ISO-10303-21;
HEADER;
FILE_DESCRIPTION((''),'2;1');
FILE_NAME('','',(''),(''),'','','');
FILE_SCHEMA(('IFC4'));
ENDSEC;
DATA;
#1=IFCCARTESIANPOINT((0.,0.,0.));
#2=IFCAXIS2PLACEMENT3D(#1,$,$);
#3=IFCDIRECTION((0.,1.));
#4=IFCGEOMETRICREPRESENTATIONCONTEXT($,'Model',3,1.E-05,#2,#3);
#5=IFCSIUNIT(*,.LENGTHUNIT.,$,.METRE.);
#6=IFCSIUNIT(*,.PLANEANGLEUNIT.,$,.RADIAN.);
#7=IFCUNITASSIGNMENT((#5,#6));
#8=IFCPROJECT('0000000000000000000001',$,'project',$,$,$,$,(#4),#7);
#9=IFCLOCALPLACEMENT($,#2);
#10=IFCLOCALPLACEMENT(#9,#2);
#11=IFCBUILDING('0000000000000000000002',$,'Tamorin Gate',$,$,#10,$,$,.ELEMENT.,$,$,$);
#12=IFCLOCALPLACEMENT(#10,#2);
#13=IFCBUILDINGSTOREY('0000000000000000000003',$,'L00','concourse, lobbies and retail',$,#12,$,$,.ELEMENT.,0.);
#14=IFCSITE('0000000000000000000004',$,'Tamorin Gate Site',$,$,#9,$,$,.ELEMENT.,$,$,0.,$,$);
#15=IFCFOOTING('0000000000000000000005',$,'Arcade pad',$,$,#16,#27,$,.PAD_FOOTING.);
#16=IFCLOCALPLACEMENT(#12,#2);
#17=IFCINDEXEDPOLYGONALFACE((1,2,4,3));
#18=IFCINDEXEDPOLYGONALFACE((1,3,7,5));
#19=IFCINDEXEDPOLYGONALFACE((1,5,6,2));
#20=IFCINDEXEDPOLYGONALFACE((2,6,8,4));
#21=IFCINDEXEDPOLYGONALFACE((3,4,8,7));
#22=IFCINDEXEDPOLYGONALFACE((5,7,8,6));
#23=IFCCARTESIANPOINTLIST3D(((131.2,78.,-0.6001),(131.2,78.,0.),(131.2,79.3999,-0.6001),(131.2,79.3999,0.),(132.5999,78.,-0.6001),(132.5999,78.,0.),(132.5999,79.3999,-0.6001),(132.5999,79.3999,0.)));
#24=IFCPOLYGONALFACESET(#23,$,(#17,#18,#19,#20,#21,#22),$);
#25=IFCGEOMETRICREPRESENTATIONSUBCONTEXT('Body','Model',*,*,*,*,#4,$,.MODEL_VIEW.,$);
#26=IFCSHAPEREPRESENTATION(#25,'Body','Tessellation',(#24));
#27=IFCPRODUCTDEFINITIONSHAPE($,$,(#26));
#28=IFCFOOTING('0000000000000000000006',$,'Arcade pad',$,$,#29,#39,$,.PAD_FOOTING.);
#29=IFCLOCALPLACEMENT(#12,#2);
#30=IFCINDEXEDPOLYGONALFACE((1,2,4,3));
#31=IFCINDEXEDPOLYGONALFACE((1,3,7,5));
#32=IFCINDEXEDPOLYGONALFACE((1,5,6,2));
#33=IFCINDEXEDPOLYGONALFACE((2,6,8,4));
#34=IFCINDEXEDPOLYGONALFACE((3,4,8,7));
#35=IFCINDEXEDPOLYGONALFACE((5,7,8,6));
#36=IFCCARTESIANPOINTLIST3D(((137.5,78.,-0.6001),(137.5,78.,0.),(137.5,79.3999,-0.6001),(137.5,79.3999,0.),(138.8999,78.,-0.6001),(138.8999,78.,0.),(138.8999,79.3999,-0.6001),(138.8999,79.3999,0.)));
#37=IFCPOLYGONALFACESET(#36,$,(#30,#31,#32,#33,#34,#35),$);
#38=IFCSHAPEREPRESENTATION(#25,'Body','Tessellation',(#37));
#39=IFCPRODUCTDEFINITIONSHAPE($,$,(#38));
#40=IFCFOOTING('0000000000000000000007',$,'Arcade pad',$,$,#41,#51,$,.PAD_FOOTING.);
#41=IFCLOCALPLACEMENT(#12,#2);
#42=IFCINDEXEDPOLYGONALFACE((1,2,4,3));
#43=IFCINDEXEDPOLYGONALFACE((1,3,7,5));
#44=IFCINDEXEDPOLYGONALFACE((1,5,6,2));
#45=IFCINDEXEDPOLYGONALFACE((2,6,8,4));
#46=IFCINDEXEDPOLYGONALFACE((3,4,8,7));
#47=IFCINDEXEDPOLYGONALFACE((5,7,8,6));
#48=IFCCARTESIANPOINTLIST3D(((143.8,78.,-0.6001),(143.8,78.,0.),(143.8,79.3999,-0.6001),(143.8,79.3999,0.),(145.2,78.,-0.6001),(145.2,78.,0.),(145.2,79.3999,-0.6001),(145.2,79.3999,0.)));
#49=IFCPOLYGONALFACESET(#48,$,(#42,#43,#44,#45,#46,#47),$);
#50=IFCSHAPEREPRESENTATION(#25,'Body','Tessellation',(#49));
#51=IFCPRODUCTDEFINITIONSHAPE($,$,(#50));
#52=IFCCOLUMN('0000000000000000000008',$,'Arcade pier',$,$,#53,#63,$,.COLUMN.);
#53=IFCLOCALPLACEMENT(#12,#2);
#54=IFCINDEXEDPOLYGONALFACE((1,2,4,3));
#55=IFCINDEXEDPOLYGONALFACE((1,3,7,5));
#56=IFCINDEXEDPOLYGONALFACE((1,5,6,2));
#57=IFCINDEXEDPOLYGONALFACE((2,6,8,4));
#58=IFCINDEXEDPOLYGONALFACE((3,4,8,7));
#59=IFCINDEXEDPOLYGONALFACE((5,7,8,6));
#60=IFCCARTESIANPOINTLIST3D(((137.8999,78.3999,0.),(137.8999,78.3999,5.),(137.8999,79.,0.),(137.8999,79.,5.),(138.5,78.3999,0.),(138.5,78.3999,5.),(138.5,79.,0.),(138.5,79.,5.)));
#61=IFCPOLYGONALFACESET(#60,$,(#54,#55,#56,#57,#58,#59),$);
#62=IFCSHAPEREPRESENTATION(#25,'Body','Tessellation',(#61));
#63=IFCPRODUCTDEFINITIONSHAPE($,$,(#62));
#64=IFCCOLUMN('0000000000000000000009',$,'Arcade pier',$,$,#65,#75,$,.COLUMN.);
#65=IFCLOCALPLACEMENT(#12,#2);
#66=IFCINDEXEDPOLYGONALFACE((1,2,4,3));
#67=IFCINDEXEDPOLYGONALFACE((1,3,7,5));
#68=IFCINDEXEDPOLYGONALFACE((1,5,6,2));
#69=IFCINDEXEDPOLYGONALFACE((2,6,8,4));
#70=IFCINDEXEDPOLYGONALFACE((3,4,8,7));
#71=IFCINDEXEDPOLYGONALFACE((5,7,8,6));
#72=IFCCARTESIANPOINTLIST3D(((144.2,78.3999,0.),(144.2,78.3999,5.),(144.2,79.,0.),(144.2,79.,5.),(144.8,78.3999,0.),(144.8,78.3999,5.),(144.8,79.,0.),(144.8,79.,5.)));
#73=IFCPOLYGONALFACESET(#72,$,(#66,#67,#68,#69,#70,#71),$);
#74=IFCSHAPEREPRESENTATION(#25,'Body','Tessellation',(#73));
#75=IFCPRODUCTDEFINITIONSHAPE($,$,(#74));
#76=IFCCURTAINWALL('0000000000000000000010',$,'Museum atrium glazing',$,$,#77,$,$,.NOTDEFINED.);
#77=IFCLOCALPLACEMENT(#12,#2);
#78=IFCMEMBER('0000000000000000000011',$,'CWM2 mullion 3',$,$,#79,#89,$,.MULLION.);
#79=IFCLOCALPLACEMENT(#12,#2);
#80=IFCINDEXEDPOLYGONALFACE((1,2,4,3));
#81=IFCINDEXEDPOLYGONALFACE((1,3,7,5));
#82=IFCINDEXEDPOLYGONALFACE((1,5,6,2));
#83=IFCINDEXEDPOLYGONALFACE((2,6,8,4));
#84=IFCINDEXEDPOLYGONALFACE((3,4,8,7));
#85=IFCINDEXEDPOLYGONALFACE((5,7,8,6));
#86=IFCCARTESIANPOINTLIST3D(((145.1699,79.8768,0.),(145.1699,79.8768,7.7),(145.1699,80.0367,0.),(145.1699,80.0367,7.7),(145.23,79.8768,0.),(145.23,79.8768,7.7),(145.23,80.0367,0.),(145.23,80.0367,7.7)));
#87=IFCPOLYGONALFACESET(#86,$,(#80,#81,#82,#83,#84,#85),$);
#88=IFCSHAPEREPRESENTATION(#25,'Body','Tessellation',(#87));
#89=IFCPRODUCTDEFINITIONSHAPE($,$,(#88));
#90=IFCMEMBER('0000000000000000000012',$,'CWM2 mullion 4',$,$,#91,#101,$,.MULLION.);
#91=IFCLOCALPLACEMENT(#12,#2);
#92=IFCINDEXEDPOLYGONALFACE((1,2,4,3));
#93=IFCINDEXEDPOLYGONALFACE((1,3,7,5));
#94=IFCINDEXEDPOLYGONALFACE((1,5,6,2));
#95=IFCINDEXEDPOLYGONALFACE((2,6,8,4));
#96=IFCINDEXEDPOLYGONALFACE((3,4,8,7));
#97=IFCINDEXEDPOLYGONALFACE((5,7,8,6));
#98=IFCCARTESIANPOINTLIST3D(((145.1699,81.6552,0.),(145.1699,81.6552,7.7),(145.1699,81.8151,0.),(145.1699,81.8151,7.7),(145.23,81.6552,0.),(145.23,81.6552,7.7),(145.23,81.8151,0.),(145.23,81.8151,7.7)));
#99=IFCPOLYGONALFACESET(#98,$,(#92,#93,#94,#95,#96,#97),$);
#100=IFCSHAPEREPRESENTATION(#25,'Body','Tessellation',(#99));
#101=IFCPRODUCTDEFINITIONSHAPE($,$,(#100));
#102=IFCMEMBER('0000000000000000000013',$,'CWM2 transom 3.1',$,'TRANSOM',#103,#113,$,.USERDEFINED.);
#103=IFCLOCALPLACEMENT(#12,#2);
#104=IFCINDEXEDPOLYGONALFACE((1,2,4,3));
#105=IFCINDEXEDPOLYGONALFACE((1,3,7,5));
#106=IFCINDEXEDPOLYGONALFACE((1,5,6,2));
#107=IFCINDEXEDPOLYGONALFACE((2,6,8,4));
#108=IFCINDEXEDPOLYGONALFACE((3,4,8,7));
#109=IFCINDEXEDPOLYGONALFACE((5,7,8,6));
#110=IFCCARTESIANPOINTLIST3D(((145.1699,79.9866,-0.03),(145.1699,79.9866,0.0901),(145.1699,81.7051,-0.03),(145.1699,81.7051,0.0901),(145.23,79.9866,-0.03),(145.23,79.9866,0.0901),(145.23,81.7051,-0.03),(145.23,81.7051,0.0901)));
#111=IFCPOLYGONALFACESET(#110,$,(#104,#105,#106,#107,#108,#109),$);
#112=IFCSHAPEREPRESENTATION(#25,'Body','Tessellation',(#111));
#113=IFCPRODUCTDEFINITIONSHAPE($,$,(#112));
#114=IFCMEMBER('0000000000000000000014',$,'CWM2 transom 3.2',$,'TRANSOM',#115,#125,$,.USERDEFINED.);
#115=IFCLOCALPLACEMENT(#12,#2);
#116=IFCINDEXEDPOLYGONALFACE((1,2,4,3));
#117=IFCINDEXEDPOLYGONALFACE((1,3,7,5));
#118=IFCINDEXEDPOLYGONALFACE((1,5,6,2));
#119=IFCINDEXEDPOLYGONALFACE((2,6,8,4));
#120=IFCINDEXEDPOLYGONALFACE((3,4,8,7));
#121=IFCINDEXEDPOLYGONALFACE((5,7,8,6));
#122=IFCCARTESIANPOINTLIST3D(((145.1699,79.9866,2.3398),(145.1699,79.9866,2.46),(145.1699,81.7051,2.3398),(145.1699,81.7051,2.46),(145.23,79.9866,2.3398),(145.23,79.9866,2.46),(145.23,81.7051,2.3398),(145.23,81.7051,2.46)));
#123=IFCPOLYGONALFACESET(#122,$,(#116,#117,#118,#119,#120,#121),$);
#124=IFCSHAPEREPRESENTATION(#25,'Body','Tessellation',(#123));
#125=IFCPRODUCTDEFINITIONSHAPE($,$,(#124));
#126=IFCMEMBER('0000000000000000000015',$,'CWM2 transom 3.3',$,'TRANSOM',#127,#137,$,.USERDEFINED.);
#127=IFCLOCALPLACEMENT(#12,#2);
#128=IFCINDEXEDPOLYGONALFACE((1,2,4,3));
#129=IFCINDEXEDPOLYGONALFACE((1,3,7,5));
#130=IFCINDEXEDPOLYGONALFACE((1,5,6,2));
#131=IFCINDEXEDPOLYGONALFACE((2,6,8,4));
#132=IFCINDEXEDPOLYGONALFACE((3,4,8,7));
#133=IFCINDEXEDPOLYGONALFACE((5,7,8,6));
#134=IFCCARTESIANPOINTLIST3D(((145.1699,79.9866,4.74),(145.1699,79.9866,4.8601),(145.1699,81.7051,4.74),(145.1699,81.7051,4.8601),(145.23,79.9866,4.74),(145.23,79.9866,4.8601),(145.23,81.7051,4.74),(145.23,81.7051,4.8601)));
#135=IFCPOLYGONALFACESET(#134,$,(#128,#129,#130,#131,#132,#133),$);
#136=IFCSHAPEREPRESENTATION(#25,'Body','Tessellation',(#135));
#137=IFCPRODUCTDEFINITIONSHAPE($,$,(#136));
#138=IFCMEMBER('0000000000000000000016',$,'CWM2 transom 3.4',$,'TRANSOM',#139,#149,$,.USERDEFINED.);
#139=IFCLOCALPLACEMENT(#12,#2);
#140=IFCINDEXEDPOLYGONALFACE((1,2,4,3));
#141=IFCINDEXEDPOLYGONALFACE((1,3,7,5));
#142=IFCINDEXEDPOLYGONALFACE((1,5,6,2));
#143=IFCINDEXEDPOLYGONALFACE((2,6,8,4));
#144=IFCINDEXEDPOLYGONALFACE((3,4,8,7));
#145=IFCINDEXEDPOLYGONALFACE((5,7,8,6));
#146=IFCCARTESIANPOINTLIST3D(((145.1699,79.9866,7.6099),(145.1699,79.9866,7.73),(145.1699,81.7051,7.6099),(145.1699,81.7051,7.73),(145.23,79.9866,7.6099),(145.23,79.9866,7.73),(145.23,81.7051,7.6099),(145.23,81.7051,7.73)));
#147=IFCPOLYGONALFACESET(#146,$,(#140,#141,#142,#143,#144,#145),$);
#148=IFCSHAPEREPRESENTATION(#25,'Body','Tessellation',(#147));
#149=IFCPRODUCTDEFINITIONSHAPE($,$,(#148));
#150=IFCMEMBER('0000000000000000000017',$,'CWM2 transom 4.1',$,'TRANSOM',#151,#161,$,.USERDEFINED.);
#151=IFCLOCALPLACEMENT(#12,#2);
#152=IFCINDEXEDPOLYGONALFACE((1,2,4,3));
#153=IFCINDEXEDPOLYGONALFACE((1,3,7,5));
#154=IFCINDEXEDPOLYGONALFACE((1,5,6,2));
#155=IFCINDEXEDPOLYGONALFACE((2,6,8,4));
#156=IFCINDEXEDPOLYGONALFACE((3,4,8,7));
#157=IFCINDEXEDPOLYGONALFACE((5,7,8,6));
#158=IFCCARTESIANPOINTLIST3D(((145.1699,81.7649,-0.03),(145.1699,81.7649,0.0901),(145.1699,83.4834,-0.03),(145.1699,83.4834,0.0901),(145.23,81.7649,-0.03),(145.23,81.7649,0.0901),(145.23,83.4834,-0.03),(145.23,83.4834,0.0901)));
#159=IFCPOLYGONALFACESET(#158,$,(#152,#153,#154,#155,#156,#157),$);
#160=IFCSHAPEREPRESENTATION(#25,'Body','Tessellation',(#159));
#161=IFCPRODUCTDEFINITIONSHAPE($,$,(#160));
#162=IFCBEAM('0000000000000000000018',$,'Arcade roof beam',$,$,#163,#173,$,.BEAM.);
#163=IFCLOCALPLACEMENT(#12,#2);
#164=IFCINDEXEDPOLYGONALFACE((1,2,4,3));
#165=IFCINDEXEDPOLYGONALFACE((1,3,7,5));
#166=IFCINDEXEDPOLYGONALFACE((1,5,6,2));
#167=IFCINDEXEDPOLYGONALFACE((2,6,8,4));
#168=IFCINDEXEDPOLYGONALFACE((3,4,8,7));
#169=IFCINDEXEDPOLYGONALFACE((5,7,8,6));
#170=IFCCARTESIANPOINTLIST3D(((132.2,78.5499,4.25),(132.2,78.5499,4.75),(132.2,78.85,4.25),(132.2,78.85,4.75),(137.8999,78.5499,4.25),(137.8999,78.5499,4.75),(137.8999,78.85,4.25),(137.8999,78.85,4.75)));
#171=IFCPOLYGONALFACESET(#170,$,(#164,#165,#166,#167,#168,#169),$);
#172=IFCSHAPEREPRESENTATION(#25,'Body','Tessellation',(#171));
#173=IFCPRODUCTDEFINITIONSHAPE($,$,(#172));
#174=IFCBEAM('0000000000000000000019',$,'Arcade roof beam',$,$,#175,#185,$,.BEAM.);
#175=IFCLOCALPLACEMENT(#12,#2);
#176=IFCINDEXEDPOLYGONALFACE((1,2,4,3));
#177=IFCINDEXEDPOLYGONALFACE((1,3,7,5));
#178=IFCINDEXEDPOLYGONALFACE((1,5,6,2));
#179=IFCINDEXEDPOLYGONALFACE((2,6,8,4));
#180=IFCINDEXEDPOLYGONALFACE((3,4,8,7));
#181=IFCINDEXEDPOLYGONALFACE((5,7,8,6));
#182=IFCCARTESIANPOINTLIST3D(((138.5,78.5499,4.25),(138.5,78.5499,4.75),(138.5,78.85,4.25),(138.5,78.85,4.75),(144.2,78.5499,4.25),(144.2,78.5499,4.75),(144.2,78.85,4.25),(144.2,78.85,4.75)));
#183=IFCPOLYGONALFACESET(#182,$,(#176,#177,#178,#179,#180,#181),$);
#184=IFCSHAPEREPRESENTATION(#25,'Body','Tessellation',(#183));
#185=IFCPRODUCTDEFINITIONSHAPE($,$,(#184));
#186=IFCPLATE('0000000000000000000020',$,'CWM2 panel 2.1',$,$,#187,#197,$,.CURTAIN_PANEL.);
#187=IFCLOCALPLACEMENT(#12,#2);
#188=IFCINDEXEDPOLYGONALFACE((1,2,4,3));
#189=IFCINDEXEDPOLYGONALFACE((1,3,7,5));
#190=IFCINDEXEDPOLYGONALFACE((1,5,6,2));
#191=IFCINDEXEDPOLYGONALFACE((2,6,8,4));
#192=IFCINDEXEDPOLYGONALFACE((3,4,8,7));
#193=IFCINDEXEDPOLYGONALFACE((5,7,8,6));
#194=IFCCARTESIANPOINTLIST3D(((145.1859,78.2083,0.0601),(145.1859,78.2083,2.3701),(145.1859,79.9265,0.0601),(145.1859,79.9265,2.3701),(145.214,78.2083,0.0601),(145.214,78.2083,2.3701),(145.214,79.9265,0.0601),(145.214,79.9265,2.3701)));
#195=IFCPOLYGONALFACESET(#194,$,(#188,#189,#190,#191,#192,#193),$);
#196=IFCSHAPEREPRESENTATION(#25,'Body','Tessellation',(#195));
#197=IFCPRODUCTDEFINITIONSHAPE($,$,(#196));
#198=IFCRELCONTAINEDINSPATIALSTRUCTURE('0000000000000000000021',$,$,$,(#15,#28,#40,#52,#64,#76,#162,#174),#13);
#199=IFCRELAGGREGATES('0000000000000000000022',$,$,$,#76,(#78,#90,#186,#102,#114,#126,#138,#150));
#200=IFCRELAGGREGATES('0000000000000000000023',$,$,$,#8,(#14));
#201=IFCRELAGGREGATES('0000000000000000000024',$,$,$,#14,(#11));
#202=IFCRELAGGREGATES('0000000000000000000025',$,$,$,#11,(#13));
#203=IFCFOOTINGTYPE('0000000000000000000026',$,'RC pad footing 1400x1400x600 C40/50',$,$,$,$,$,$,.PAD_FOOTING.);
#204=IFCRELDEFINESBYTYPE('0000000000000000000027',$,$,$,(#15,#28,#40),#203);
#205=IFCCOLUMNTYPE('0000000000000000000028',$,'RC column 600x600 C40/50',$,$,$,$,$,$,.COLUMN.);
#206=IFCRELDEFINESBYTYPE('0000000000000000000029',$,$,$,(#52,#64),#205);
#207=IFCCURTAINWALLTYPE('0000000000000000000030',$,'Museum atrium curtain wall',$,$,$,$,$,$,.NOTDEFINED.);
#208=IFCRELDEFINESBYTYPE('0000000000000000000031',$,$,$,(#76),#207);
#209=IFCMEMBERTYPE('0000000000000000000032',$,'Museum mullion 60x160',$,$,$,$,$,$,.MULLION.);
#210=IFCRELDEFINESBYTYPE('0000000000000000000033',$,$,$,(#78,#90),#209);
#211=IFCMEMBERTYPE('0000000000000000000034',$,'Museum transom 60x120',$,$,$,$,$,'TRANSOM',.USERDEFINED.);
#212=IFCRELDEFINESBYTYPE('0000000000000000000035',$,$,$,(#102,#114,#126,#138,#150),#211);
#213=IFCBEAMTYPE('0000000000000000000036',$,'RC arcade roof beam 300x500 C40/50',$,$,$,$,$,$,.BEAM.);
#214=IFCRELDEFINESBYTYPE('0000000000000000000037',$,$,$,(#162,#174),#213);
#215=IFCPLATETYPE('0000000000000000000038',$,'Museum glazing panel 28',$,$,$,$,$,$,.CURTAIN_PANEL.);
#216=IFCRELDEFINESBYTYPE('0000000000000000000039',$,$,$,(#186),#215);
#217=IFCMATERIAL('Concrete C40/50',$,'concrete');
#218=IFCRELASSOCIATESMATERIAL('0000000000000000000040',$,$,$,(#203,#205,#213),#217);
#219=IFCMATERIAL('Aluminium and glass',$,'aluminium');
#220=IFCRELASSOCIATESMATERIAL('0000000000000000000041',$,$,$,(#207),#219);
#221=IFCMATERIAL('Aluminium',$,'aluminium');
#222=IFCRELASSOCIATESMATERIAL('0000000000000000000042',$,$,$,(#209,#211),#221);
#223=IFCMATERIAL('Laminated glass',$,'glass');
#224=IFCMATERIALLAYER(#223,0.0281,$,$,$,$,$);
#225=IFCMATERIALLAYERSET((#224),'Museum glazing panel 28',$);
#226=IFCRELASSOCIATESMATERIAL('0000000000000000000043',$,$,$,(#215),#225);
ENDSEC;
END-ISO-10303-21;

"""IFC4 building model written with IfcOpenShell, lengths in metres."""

from ifc_helpers import new_model, si_unit, direction, frame, origin, origin_2d, place, context, subcontext, project, spatial, rectangle, extrude, material, layer, layer_set, material_profile, profile_set, type_object, element, aggregate, save


model = new_model("IFC4")

# Units and contexts
model_context = context("Model", 3, precision=1e-05, world=origin(), true_north=direction((0.0, 1.0)))
body_context = subcontext(model_context, "Body", "Model", "MODEL_VIEW")
ifc_project = project(units=[si_unit("LENGTHUNIT", "METRE"), si_unit("PLANEANGLEUNIT", "RADIAN")], contexts=[model_context])

# Site, building, storey
site_placement = place(None, origin())
site = spatial("IfcSite", under=ifc_project, at=site_placement, Name="Tamorin Gate Site", CompositionType="ELEMENT", RefElevation=0.0)
building_placement = place(site_placement, origin())
building = spatial("IfcBuilding", under=site, at=building_placement, Name="Tamorin Gate", CompositionType="ELEMENT")
storey_placement = place(building_placement, origin())
storey = spatial("IfcBuildingStorey", under=building, at=storey_placement, Name="L00", Description="concourse, lobbies and retail", CompositionType="ELEMENT", Elevation=0.0)

# Footings
ifc_material_1 = material(Name="Concrete C40/50", Category="concrete")
footing_type = type_object("IfcFootingType", Name="RC pad footing 1400x1400x600 C40/50", PredefinedType="PAD_FOOTING", material=ifc_material_1)
for number, where, z_axis, x_axis, name in (
    (1, (131.8999, 78.7, -0.6001), (0.0, 0.0, 1.0), (1.0, 0.0, 0.0), "Arcade pad"),
    (2, (138.2, 78.7, -0.6001), (0.0, 0.0, 1.0), (1.0, 0.0, 0.0), "Arcade pad"),
    (3, (144.5, 78.7, -0.6001), (0.0, 0.0, 1.0), (1.0, 0.0, 0.0), "Arcade pad"),
):
    element("IfcFooting", number, at=place(storey_placement, frame(where, z_axis=z_axis, x_axis=x_axis)), inside=storey, type_object=footing_type, Name=name, PredefinedType="PAD_FOOTING", context=body_context, shape_type="SweptSolid", body=[
        extrude(rectangle(XDim=1.3999, YDim=1.3999, at=origin_2d()), origin(), (0.0, 0.0, 1.0), 0.6001),
    ])

# Columns
ifc_material_profile_1 = material_profile(ifc_material_1, rectangle(XDim=0.6001, YDim=0.6001, at=origin_2d()))
ifc_profile_set_1 = profile_set([ifc_material_profile_1], Name="Concrete C40/50")
column_type = type_object("IfcColumnType", Name="RC column 600x600 C40/50", PredefinedType="COLUMN", material=ifc_profile_set_1)
for number, where, z_axis, x_axis, name in (
    (4, (138.2, 78.7, 0.0), (0.0, 0.0, 1.0), (1.0, 0.0, 0.0), "Arcade pier"),
    (5, (144.5, 78.7, 0.0), (0.0, 0.0, 1.0), (1.0, 0.0, 0.0), "Arcade pier"),
):
    element("IfcColumn", number, at=place(storey_placement, frame(where, z_axis=z_axis, x_axis=x_axis)), inside=storey, type_object=column_type, Name=name, PredefinedType="COLUMN", context=body_context, shape_type="SweptSolid", body=[
        extrude(rectangle(XDim=0.6001, YDim=0.6001, at=origin_2d()), origin(), (0.0, 0.0, 1.0), 5.0),
    ])

# Curtain wall, members
ifc_material_2 = material(Name="Aluminium and glass", Category="aluminium")
curtain_wall_type = type_object("IfcCurtainWallType", Name="Museum atrium curtain wall", PredefinedType="NOTDEFINED", material=ifc_material_2)
curtain_wall_placement = place(storey_placement, origin())
curtain_wall = element("IfcCurtainWall", 6, at=curtain_wall_placement, inside=storey, type_object=curtain_wall_type, Name="Museum atrium glazing", PredefinedType="NOTDEFINED")
ifc_material_3 = material(Name="Aluminium", Category="aluminium")
ifc_material_profile_2 = material_profile(ifc_material_3, rectangle(XDim=0.0601, YDim=0.1599, at=origin_2d()), Name="RECT 60x160")
ifc_profile_set_2 = profile_set([ifc_material_profile_2], Name="Aluminium")
member_type_1 = type_object("IfcMemberType", Name="Museum mullion 60x160", PredefinedType="MULLION", material=ifc_profile_set_2)
member_1_placement = place(storey_placement, frame((145.2, 79.9568, 0.0), z_axis=(0.0, 0.0, 1.0), x_axis=(-1.0, 0.0, 0.0)))
member_1 = element("IfcMember", 7, at=member_1_placement, type_object=member_type_1, Name="CWM2 mullion 3", PredefinedType="MULLION", context=body_context, shape_type="SweptSolid", body=[
    extrude(rectangle(XDim=0.0601, YDim=0.1599, at=origin_2d()), origin(), (0.0, 0.0, 1.0), 7.7),
])
member_2_placement = place(storey_placement, frame((145.2, 81.7351, 0.0), z_axis=(0.0, 0.0, 1.0), x_axis=(-1.0, 0.0, 0.0)))
member_2 = element("IfcMember", 8, at=member_2_placement, type_object=member_type_1, Name="CWM2 mullion 4", PredefinedType="MULLION", context=body_context, shape_type="SweptSolid", body=[
    extrude(rectangle(XDim=0.0601, YDim=0.1599, at=origin_2d()), origin(), (0.0, 0.0, 1.0), 7.7),
])
ifc_material_profile_3 = material_profile(ifc_material_3, rectangle(XDim=0.0601, YDim=0.1201, at=origin_2d()), Name="RECT 60x120")
ifc_profile_set_3 = profile_set([ifc_material_profile_3], Name="Aluminium")
member_type_2 = type_object("IfcMemberType", Name="Museum transom 60x120", ElementType="TRANSOM", PredefinedType="USERDEFINED", material=ifc_profile_set_3)
member_3_placement = place(storey_placement, frame((145.2, 79.9866, 0.03), z_axis=(0.0, 1.0, 0.0), x_axis=(-1.0, 0.0, 0.0)))
member_3 = element("IfcMember", 9, at=member_3_placement, type_object=member_type_2, Name="CWM2 transom 3.1", ObjectType="TRANSOM", PredefinedType="USERDEFINED", context=body_context, shape_type="SweptSolid", body=[
    extrude(rectangle(XDim=0.0601, YDim=0.1201, at=origin_2d()), origin(), (0.0, 0.0, 1.0), 1.7185),
])
member_4_placement = place(storey_placement, frame((145.2, 79.9866, 2.3999), z_axis=(0.0, 1.0, 0.0), x_axis=(-1.0, 0.0, 0.0)))
member_4 = element("IfcMember", 10, at=member_4_placement, type_object=member_type_2, Name="CWM2 transom 3.2", ObjectType="TRANSOM", PredefinedType="USERDEFINED", context=body_context, shape_type="SweptSolid", body=[
    extrude(rectangle(XDim=0.0601, YDim=0.1201, at=origin_2d()), origin(), (0.0, 0.0, 1.0), 1.7185),
])
member_5_placement = place(storey_placement, frame((145.2, 79.9866, 4.8), z_axis=(0.0, 1.0, 0.0), x_axis=(-1.0, 0.0, 0.0)))
member_5 = element("IfcMember", 11, at=member_5_placement, type_object=member_type_2, Name="CWM2 transom 3.3", ObjectType="TRANSOM", PredefinedType="USERDEFINED", context=body_context, shape_type="SweptSolid", body=[
    extrude(rectangle(XDim=0.0601, YDim=0.1201, at=origin_2d()), origin(), (0.0, 0.0, 1.0), 1.7185),
])
member_6_placement = place(storey_placement, frame((145.2, 79.9866, 7.6699), z_axis=(0.0, 1.0, 0.0), x_axis=(-1.0, 0.0, 0.0)))
member_6 = element("IfcMember", 12, at=member_6_placement, type_object=member_type_2, Name="CWM2 transom 3.4", ObjectType="TRANSOM", PredefinedType="USERDEFINED", context=body_context, shape_type="SweptSolid", body=[
    extrude(rectangle(XDim=0.0601, YDim=0.1201, at=origin_2d()), origin(), (0.0, 0.0, 1.0), 1.7185),
])
member_7_placement = place(storey_placement, frame((145.2, 81.7649, 0.03), z_axis=(0.0, 1.0, 0.0), x_axis=(-1.0, 0.0, 0.0)))
member_7 = element("IfcMember", 13, at=member_7_placement, type_object=member_type_2, Name="CWM2 transom 4.1", ObjectType="TRANSOM", PredefinedType="USERDEFINED", context=body_context, shape_type="SweptSolid", body=[
    extrude(rectangle(XDim=0.0601, YDim=0.1201, at=origin_2d()), origin(), (0.0, 0.0, 1.0), 1.7185),
])

# Beams
ifc_material_profile_4 = material_profile(ifc_material_1, rectangle(XDim=0.3, YDim=0.5, at=origin_2d()))
ifc_profile_set_4 = profile_set([ifc_material_profile_4], Name="Concrete C40/50")
beam_type = type_object("IfcBeamType", Name="RC arcade roof beam 300x500 C40/50", PredefinedType="BEAM", material=ifc_profile_set_4)
for number, where, z_axis, x_axis, name in (
    (14, (132.2, 78.7, 4.5), (1.0, 0.0, 0.0), (0.0, 1.0, 0.0), "Arcade roof beam"),
    (15, (138.5, 78.7, 4.5), (1.0, 0.0, 0.0), (0.0, 1.0, 0.0), "Arcade roof beam"),
):
    element("IfcBeam", number, at=place(storey_placement, frame(where, z_axis=z_axis, x_axis=x_axis)), inside=storey, type_object=beam_type, Name=name, PredefinedType="BEAM", context=body_context, shape_type="SweptSolid", body=[
        extrude(rectangle(XDim=0.3, YDim=0.5, at=origin_2d()), origin(), (0.0, 0.0, 1.0), 5.7),
    ])

# Plate
ifc_material_4 = material(Name="Laminated glass", Category="glass")
ifc_layer_1 = layer(ifc_material_4, 0.0281)
ifc_layer_set_1 = layer_set([ifc_layer_1], Name="Museum glazing panel 28")
plate_type = type_object("IfcPlateType", Name="Museum glazing panel 28", PredefinedType="CURTAIN_PANEL", material=ifc_layer_set_1)
plate_1_placement = place(storey_placement, frame((145.2, 79.0674, 0.0601), z_axis=(0.0, 0.0, 1.0), x_axis=(0.0, 1.0, 0.0)))
plate_1 = element("IfcPlate", 16, at=plate_1_placement, type_object=plate_type, Name="CWM2 panel 2.1", PredefinedType="CURTAIN_PANEL", context=body_context, shape_type="SweptSolid", body=[
    extrude(rectangle(XDim=1.7183, YDim=0.0281, at=origin_2d()), origin(), (0.0, 0.0, 1.0), 2.3101),
])
aggregate(curtain_wall, [member_1, member_2, plate_1, member_3, member_4, member_5, member_6, member_7])

save(model, "model.ifc")
